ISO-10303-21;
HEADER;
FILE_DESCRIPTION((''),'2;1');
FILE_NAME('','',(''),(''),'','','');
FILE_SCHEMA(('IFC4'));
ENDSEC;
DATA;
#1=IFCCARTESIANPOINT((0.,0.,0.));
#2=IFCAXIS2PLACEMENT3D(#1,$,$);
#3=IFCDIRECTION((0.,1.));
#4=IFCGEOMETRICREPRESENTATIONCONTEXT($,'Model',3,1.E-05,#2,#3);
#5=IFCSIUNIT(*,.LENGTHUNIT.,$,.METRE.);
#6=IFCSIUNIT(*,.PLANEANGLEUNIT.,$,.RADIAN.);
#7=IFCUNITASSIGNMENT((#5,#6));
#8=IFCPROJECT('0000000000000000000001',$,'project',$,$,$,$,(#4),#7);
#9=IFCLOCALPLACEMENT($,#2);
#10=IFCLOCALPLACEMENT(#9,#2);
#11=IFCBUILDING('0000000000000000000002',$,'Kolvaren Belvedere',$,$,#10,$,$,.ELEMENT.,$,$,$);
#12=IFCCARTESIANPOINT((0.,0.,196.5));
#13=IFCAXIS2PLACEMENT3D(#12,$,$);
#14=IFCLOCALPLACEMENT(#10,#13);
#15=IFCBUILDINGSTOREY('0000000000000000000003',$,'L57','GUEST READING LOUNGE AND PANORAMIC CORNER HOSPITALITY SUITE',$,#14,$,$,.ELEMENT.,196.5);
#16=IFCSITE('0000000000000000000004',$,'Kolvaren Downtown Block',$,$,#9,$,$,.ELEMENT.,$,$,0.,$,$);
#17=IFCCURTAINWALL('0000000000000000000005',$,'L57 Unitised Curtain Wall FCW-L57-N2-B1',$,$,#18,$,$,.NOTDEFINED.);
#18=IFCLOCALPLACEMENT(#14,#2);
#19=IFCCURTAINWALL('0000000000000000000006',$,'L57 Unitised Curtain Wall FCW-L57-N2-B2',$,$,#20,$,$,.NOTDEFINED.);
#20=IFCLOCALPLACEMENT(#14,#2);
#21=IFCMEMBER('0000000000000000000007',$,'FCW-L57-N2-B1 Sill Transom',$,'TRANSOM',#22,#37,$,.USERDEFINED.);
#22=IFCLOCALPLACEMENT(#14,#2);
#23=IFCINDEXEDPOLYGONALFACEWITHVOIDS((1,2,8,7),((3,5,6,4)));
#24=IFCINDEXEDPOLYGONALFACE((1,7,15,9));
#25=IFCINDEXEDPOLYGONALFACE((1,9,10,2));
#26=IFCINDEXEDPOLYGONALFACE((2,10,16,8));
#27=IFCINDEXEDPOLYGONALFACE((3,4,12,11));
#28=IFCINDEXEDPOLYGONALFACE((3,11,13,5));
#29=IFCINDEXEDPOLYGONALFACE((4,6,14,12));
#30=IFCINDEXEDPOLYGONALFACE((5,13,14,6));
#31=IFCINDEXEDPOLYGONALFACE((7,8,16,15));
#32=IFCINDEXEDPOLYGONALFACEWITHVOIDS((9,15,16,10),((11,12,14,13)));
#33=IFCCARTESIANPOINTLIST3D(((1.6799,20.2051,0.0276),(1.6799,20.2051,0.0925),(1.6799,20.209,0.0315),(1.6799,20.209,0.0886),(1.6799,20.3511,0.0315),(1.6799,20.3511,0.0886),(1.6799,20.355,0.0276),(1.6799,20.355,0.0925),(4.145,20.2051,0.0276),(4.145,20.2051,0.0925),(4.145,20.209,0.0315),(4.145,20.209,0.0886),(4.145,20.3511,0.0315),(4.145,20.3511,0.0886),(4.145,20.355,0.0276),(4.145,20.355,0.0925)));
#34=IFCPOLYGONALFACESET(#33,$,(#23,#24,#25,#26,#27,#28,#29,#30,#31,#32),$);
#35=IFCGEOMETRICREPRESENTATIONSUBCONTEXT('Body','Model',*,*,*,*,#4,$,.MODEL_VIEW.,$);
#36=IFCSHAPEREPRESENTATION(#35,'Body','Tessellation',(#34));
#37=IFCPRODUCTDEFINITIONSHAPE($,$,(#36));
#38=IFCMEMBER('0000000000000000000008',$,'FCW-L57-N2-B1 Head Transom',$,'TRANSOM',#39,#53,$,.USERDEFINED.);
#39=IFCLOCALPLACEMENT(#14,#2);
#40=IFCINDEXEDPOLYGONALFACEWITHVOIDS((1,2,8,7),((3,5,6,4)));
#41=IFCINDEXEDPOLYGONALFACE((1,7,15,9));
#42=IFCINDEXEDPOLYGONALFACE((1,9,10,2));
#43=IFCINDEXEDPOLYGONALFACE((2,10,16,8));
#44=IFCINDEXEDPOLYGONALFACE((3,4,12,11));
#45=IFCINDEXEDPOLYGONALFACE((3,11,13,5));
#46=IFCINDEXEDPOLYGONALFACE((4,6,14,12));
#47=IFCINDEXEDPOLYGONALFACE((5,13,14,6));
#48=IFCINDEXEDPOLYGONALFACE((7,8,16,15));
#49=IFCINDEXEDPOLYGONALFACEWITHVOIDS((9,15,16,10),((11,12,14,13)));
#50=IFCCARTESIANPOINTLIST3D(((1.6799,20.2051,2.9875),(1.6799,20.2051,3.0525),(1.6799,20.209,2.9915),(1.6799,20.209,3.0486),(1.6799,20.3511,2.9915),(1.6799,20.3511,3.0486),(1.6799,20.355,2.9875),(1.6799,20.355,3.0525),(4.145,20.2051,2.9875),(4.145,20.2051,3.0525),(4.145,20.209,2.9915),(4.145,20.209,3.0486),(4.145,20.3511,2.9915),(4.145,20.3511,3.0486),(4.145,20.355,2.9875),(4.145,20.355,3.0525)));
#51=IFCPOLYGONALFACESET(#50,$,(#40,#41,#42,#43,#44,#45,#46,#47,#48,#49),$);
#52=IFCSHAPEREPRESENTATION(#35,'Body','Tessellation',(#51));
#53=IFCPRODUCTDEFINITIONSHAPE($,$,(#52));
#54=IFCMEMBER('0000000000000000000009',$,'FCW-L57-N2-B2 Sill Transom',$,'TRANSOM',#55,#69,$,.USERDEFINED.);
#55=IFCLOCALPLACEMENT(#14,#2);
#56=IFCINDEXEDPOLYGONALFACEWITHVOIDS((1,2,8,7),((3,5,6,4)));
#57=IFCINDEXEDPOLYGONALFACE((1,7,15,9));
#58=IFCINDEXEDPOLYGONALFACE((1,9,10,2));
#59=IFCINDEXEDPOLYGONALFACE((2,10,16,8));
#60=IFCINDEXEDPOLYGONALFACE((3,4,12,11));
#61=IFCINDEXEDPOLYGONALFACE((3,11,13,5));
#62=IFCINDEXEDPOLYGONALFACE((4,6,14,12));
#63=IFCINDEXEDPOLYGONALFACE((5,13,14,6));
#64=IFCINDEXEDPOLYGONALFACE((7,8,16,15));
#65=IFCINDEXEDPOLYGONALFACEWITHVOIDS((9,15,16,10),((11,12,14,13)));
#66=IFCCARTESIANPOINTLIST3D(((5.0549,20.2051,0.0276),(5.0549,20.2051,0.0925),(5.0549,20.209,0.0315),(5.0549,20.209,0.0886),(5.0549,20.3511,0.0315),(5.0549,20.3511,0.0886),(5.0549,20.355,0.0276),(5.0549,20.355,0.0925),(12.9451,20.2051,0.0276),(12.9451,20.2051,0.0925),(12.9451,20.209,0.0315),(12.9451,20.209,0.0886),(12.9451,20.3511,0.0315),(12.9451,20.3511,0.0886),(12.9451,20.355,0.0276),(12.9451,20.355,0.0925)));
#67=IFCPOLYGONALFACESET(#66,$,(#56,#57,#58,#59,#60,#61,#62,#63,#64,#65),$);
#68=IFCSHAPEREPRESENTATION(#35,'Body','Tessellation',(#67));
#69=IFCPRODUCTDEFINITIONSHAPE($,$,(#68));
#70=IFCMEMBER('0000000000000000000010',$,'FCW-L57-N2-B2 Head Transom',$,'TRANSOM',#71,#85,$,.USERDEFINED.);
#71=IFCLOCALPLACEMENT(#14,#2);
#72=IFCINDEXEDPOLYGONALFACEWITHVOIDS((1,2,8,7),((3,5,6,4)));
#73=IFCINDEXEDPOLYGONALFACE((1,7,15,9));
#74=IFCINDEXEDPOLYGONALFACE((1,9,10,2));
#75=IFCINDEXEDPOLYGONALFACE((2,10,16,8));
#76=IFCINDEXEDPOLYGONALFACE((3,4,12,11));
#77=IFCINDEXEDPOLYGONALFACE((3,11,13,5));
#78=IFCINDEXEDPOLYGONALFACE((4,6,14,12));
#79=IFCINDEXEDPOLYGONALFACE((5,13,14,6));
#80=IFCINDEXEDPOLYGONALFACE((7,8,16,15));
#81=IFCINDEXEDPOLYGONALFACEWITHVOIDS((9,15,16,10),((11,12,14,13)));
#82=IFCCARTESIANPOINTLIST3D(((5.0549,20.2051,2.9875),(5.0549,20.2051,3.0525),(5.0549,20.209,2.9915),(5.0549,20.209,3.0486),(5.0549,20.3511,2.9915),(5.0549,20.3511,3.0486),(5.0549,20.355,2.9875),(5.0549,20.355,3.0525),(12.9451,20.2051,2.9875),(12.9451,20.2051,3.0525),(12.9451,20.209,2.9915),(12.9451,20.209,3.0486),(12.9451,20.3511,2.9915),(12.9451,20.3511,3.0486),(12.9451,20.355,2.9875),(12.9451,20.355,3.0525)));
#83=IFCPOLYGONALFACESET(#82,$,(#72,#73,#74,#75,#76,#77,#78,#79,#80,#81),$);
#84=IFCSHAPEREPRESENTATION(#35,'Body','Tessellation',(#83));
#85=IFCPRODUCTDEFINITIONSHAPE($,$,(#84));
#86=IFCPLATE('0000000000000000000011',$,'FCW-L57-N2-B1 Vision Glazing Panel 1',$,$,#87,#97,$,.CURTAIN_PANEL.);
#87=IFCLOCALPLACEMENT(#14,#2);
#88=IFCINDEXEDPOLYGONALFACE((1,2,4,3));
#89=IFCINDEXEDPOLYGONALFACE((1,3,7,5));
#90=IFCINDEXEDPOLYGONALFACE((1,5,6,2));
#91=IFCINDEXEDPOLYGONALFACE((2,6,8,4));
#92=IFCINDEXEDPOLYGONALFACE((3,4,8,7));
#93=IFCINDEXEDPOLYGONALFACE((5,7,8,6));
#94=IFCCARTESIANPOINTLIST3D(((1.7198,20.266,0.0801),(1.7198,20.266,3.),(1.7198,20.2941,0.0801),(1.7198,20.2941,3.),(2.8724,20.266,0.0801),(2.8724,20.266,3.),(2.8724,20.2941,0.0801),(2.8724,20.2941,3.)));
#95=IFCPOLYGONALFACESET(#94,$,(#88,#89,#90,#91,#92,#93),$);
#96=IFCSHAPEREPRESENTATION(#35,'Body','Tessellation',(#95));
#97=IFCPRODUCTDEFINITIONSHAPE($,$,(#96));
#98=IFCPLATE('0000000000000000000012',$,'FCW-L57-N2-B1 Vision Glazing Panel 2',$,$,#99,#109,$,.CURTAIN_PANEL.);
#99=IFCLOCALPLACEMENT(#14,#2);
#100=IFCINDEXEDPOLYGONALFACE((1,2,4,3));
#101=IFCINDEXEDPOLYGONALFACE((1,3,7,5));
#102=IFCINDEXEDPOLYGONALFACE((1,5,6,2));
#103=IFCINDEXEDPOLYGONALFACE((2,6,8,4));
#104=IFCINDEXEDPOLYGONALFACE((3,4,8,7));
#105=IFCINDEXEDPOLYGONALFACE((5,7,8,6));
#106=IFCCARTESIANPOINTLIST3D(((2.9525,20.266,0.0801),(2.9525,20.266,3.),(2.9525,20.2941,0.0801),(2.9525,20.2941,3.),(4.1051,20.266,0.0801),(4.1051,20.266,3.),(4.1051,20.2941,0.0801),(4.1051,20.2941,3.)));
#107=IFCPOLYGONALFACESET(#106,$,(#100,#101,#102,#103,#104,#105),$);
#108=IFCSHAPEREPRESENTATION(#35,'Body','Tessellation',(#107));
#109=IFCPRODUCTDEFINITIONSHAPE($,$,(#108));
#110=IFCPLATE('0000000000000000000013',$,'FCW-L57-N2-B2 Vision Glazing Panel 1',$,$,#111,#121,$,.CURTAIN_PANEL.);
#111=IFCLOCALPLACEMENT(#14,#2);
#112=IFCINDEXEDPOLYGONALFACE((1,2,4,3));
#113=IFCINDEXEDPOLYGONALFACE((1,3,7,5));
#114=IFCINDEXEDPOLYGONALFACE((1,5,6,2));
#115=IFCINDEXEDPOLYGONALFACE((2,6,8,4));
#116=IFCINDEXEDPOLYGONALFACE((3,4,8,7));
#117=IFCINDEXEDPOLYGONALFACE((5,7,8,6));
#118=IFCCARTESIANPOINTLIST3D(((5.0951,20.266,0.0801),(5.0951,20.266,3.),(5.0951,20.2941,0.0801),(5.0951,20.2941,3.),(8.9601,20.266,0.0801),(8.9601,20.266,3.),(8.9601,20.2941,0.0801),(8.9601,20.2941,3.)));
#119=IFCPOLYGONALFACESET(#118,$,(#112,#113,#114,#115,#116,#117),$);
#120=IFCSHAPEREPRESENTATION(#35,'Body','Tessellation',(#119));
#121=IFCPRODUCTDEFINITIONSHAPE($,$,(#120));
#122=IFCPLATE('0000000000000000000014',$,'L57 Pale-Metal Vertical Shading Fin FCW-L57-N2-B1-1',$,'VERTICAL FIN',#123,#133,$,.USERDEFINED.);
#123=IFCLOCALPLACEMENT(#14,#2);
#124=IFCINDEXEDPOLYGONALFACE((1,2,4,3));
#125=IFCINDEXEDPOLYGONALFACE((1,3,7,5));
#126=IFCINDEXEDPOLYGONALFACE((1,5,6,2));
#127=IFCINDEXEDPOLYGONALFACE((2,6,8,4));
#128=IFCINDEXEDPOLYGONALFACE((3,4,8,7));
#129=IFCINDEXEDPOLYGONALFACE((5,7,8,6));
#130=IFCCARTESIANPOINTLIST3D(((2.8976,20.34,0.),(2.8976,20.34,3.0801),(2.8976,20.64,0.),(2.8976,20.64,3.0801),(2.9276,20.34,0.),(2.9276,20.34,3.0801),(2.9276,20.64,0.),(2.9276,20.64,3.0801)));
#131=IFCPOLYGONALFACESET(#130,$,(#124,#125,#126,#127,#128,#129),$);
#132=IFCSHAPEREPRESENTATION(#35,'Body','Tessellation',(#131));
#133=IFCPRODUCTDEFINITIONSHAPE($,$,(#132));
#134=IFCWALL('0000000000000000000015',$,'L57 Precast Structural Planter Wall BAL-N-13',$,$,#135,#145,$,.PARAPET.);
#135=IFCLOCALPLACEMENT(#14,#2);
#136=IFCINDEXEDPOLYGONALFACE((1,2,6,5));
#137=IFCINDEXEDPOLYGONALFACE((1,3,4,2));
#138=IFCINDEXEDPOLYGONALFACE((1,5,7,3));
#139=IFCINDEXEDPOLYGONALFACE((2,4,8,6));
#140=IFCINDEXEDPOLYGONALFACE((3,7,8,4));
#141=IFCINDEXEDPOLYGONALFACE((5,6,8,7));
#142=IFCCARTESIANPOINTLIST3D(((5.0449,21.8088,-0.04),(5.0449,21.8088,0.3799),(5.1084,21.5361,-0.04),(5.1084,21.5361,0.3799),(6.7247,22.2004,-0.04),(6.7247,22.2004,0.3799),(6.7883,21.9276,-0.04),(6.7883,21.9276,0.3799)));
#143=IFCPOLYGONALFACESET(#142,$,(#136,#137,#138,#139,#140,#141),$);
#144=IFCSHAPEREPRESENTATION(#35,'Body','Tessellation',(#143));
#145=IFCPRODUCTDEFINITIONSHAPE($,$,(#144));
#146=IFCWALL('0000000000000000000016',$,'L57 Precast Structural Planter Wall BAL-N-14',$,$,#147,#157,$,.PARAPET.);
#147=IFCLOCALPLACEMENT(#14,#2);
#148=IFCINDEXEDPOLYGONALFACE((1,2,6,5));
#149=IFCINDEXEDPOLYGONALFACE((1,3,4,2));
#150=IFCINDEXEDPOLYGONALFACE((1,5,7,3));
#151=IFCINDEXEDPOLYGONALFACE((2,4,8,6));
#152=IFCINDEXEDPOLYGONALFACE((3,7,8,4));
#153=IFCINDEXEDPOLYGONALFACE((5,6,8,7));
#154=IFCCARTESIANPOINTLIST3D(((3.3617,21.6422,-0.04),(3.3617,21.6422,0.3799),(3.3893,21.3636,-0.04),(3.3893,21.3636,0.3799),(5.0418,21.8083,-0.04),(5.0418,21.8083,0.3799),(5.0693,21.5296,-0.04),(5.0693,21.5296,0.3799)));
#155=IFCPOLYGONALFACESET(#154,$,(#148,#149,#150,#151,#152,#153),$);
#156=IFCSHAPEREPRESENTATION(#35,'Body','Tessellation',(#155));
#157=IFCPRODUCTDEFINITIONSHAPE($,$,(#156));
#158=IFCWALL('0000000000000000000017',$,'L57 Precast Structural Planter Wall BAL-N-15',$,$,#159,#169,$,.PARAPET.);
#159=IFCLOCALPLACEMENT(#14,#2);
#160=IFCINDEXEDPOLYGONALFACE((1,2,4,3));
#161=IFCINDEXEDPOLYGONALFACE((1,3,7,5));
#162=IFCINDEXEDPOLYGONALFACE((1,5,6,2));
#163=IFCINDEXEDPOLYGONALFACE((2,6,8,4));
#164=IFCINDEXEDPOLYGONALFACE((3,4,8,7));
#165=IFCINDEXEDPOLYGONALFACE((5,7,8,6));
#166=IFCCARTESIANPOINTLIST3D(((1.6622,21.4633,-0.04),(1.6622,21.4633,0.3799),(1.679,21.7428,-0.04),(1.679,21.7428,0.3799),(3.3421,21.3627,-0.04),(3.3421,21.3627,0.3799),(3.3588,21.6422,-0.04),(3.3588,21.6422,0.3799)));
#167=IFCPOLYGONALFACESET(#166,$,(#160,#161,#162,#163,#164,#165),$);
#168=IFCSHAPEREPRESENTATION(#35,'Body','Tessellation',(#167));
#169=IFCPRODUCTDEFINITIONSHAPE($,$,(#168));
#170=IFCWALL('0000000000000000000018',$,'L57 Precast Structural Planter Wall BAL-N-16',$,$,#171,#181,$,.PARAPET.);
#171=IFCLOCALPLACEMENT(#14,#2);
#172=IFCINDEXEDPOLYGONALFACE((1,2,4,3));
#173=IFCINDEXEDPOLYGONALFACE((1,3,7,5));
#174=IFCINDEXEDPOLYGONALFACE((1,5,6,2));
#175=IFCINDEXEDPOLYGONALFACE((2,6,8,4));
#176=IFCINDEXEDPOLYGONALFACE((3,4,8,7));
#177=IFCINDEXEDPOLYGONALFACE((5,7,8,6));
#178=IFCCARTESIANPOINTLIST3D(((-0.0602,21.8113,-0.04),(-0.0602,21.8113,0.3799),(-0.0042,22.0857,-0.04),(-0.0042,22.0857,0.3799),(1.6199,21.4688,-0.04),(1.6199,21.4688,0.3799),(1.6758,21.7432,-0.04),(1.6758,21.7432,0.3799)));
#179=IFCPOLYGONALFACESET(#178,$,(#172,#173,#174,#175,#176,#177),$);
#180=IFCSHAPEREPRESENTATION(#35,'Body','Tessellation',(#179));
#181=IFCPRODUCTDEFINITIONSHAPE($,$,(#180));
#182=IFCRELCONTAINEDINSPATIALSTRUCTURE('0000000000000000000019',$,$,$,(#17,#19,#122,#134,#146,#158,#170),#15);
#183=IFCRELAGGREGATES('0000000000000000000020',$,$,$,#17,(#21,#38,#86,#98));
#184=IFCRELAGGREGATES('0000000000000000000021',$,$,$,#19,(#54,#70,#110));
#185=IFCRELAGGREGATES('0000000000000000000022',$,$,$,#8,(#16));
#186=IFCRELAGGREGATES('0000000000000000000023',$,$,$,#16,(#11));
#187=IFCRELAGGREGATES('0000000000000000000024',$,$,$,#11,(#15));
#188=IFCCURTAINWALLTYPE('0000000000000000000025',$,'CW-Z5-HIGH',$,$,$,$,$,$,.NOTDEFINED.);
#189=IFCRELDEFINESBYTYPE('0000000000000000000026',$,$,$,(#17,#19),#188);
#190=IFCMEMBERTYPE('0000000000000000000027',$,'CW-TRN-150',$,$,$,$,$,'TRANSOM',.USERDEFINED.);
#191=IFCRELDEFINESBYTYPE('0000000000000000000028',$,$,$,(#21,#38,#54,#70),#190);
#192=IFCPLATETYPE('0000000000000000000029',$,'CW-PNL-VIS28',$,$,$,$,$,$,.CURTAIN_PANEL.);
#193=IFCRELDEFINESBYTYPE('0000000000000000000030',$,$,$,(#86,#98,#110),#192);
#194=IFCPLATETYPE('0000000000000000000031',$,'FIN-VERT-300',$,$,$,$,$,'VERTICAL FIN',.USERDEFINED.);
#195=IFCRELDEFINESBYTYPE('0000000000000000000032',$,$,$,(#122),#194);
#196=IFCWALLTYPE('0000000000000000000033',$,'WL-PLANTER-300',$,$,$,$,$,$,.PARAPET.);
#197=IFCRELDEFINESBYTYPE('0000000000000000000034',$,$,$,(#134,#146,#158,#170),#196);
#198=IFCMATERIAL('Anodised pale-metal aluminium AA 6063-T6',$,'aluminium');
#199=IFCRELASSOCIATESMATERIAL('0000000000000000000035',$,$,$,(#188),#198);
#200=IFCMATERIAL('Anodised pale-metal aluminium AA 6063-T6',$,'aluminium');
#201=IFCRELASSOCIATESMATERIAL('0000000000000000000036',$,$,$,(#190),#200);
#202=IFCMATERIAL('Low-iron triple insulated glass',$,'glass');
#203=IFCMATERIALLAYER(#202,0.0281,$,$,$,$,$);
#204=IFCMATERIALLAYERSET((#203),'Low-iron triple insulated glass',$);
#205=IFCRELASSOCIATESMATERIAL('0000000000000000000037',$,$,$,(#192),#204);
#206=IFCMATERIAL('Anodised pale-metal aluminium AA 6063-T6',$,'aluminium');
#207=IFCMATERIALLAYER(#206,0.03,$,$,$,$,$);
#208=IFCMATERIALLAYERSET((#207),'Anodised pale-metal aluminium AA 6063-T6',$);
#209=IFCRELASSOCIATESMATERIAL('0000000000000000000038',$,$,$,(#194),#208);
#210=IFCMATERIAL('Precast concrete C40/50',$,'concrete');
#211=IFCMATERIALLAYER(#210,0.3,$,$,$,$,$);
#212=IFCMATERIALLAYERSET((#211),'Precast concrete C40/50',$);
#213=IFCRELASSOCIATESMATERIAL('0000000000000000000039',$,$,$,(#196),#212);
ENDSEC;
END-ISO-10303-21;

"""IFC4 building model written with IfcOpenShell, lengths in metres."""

from ifc_helpers import new_model, si_unit, direction, frame, frame_2d, origin, origin_2d, place, context, subcontext, project, spatial, rectangle, hollow_rectangle, extrude, material, layer, layer_set, material_profile, profile_set, type_object, element, aggregate, save


model = new_model("IFC4")

# Units and contexts
model_context = context("Model", 3, precision=1e-05, world=origin(), true_north=direction((0.0, 1.0)))
body_context = subcontext(model_context, "Body", "Model", "MODEL_VIEW")
ifc_project = project(units=[si_unit("LENGTHUNIT", "METRE"), si_unit("PLANEANGLEUNIT", "RADIAN")], contexts=[model_context])

# Site, building, storey
site_placement = place(None, origin())
site = spatial("IfcSite", under=ifc_project, at=site_placement, Name="Kolvaren Downtown Block", CompositionType="ELEMENT", RefElevation=0.0)
building_placement = place(site_placement, origin())
building = spatial("IfcBuilding", under=site, at=building_placement, Name="Kolvaren Belvedere", CompositionType="ELEMENT")
storey_placement = place(building_placement, frame((0.0, 0.0, 196.5)))
storey = spatial("IfcBuildingStorey", under=building, at=storey_placement, Name="L57", Description="GUEST READING LOUNGE AND PANORAMIC CORNER HOSPITALITY SUITE", CompositionType="ELEMENT", Elevation=196.5)

# Curtain wall
ifc_material_1 = material(Name="Anodised pale-metal aluminium AA 6063-T6", Category="aluminium")
curtain_wall_type = type_object("IfcCurtainWallType", Name="CW-Z5-HIGH", PredefinedType="NOTDEFINED", material=ifc_material_1)
curtain_wall_1_placement = place(storey_placement, origin())
curtain_wall_1 = element("IfcCurtainWall", 1, at=curtain_wall_1_placement, inside=storey, type_object=curtain_wall_type, Name="L57 Unitised Curtain Wall FCW-L57-N2-B1", PredefinedType="NOTDEFINED")

# Curtain wall
curtain_wall_2_placement = place(storey_placement, origin())
curtain_wall_2 = element("IfcCurtainWall", 2, at=curtain_wall_2_placement, inside=storey, type_object=curtain_wall_type, Name="L57 Unitised Curtain Wall FCW-L57-N2-B2", PredefinedType="NOTDEFINED")

# Members
ifc_material_2 = material(Name="Anodised pale-metal aluminium AA 6063-T6", Category="aluminium")
ifc_material_profile_1 = material_profile(ifc_material_2, hollow_rectangle(XDim=0.0649, YDim=0.1499, WallThickness=0.0039, at=origin_2d()), Name="ALU-TRN-150X65")
ifc_profile_set_1 = profile_set([ifc_material_profile_1], Name="Anodised pale-metal aluminium AA 6063-T6")
member_type_1 = type_object("IfcMemberType", Name="CW-TRN-150", ElementType="TRANSOM", PredefinedType="USERDEFINED", material=ifc_profile_set_1)
member_1_placement = place(storey_placement, frame((1.6799, 20.28, 0.0601), z_axis=(1.0, 0.0, 0.0), x_axis=(0.0, 0.0, 1.0)))
member_1 = element("IfcMember", 3, at=member_1_placement, type_object=member_type_1, Name="FCW-L57-N2-B1 Sill Transom", ObjectType="TRANSOM", PredefinedType="USERDEFINED", context=body_context, shape_type="SweptSolid", body=[
    extrude(hollow_rectangle(XDim=0.0649, YDim=0.1499, WallThickness=0.0039, at=origin_2d()), origin(), (0.0, 0.0, 1.0), 2.4651),
])
member_2_placement = place(storey_placement, frame((1.6799, 20.28, 3.02), z_axis=(1.0, 0.0, 0.0), x_axis=(0.0, 0.0, 1.0)))
member_2 = element("IfcMember", 4, at=member_2_placement, type_object=member_type_1, Name="FCW-L57-N2-B1 Head Transom", ObjectType="TRANSOM", PredefinedType="USERDEFINED", context=body_context, shape_type="SweptSolid", body=[
    extrude(hollow_rectangle(XDim=0.0649, YDim=0.1499, WallThickness=0.0039, at=origin_2d()), origin(), (0.0, 0.0, 1.0), 2.4651),
])
member_3_placement = place(storey_placement, frame((5.0549, 20.28, 0.0601), z_axis=(1.0, 0.0, 0.0), x_axis=(0.0, 0.0, 1.0)))
member_3 = element("IfcMember", 5, at=member_3_placement, type_object=member_type_1, Name="FCW-L57-N2-B2 Sill Transom", ObjectType="TRANSOM", PredefinedType="USERDEFINED", context=body_context, shape_type="SweptSolid", body=[
    extrude(hollow_rectangle(XDim=0.0649, YDim=0.1499, WallThickness=0.0039, at=origin_2d()), origin(), (0.0, 0.0, 1.0), 7.8901),
])
member_4_placement = place(storey_placement, frame((5.0549, 20.28, 3.02), z_axis=(1.0, 0.0, 0.0), x_axis=(0.0, 0.0, 1.0)))
member_4 = element("IfcMember", 6, at=member_4_placement, type_object=member_type_1, Name="FCW-L57-N2-B2 Head Transom", ObjectType="TRANSOM", PredefinedType="USERDEFINED", context=body_context, shape_type="SweptSolid", body=[
    extrude(hollow_rectangle(XDim=0.0649, YDim=0.1499, WallThickness=0.0039, at=origin_2d()), origin(), (0.0, 0.0, 1.0), 7.8901),
])

# Plates
ifc_material_3 = material(Name="Low-iron triple insulated glass", Category="glass")
ifc_layer_1 = layer(ifc_material_3, 0.0281)
ifc_layer_set_1 = layer_set([ifc_layer_1], Name="Low-iron triple insulated glass")
plate_type_1 = type_object("IfcPlateType", Name="CW-PNL-VIS28", PredefinedType="CURTAIN_PANEL", material=ifc_layer_set_1)
plate_1_placement = place(storey_placement, frame((2.2961, 20.28, 0.0801), z_axis=(0.0, 0.0, 1.0), x_axis=(1.0, 0.0, 0.0)))
plate_1 = element("IfcPlate", 7, at=plate_1_placement, type_object=plate_type_1, Name="FCW-L57-N2-B1 Vision Glazing Panel 1", PredefinedType="CURTAIN_PANEL", context=body_context, shape_type="SweptSolid", body=[
    extrude(rectangle(XDim=1.1526, YDim=0.0281, at=origin_2d()), origin(), (0.0, 0.0, 1.0), 2.9199),
])
plate_2_placement = place(storey_placement, frame((3.5288, 20.28, 0.0801), z_axis=(0.0, 0.0, 1.0), x_axis=(1.0, 0.0, 0.0)))
plate_2 = element("IfcPlate", 8, at=plate_2_placement, type_object=plate_type_1, Name="FCW-L57-N2-B1 Vision Glazing Panel 2", PredefinedType="CURTAIN_PANEL", context=body_context, shape_type="SweptSolid", body=[
    extrude(rectangle(XDim=1.1526, YDim=0.0281, at=origin_2d()), origin(), (0.0, 0.0, 1.0), 2.9199),
])
aggregate(curtain_wall_1, [member_1, member_2, plate_1, plate_2])
plate_3_placement = place(storey_placement, frame((7.0276, 20.28, 0.0801), z_axis=(0.0, 0.0, 1.0), x_axis=(1.0, 0.0, 0.0)))
plate_3 = element("IfcPlate", 9, at=plate_3_placement, type_object=plate_type_1, Name="FCW-L57-N2-B2 Vision Glazing Panel 1", PredefinedType="CURTAIN_PANEL", context=body_context, shape_type="SweptSolid", body=[
    extrude(rectangle(XDim=3.865, YDim=0.0281, at=origin_2d()), origin(), (0.0, 0.0, 1.0), 2.9199),
])
aggregate(curtain_wall_2, [member_3, member_4, plate_3])
ifc_material_4 = material(Name="Anodised pale-metal aluminium AA 6063-T6", Category="aluminium")
ifc_layer_2 = layer(ifc_material_4, 0.03)
ifc_layer_set_2 = layer_set([ifc_layer_2], Name="Anodised pale-metal aluminium AA 6063-T6")
plate_type_2 = type_object("IfcPlateType", Name="FIN-VERT-300", ElementType="VERTICAL FIN", PredefinedType="USERDEFINED", material=ifc_layer_set_2)
plate_4_placement = place(storey_placement, frame((2.9126, 20.49, 0.0), z_axis=(0.0, 0.0, 1.0), x_axis=(0.0, 1.0, 0.0)))
element("IfcPlate", 10, at=plate_4_placement, inside=storey, type_object=plate_type_2, Name="L57 Pale-Metal Vertical Shading Fin FCW-L57-N2-B1-1", ObjectType="VERTICAL FIN", PredefinedType="USERDEFINED", context=body_context, shape_type="SweptSolid", body=[
    extrude(rectangle(XDim=0.3, YDim=0.03, at=origin_2d()), origin(), (0.0, 0.0, 1.0), 3.0801),
])

# Walls
ifc_material_5 = material(Name="Precast concrete C40/50", Category="concrete")
ifc_layer_3 = layer(ifc_material_5, 0.3)
ifc_layer_set_3 = layer_set([ifc_layer_3], Name="Precast concrete C40/50")
wall_type = type_object("IfcWallType", Name="WL-PLANTER-300", PredefinedType="PARAPET", material=ifc_layer_set_3)
wall_1_placement = place(storey_placement, frame((6.7563, 22.064, -0.04), z_axis=(0.0, 0.0, 1.0), x_axis=(-0.97389, -0.227019, 0.0)))
element("IfcWall", 11, at=wall_1_placement, inside=storey, type_object=wall_type, Name="L57 Precast Structural Planter Wall BAL-N-13", PredefinedType="PARAPET", context=body_context, shape_type="SweptSolid", body=[
    extrude(rectangle(XDim=1.7249, YDim=0.28, at=frame_2d((0.8623, 0.0))), origin(), (0.0, 0.0, 1.0), 0.4199),
])
wall_2_placement = place(storey_placement, frame((5.0557, 21.6689, -0.04), z_axis=(0.0, 0.0, 1.0), x_axis=(-0.995152, -0.098344, 0.0)))
element("IfcWall", 12, at=wall_2_placement, inside=storey, type_object=wall_type, Name="L57 Precast Structural Planter Wall BAL-N-14", PredefinedType="PARAPET", context=body_context, shape_type="SweptSolid", body=[
    extrude(rectangle(XDim=1.6882, YDim=0.28, at=frame_2d((0.8442, 0.0))), origin(), (0.0, 0.0, 1.0), 0.4199),
])
wall_3_placement = place(storey_placement, frame((3.3503, 21.5024, -0.04), z_axis=(0.0, 0.0, 1.0), x_axis=(-0.998212, 0.059768, 0.0)))
element("IfcWall", 13, at=wall_3_placement, inside=storey, type_object=wall_type, Name="L57 Precast Structural Planter Wall BAL-N-15", PredefinedType="PARAPET", context=body_context, shape_type="SweptSolid", body=[
    extrude(rectangle(XDim=1.6829, YDim=0.28, at=frame_2d((0.8413, 0.0))), origin(), (0.0, 0.0, 1.0), 0.4199),
])
wall_4_placement = place(storey_placement, frame((1.6479, 21.606, -0.04), z_axis=(0.0, 0.0, 1.0), x_axis=(-0.97984, 0.199784, 0.0)))
element("IfcWall", 14, at=wall_4_placement, inside=storey, type_object=wall_type, Name="L57 Precast Structural Planter Wall BAL-N-16", PredefinedType="PARAPET", context=body_context, shape_type="SweptSolid", body=[
    extrude(rectangle(XDim=1.7146, YDim=0.28, at=frame_2d((0.8574, 0.0))), origin(), (0.0, 0.0, 1.0), 0.4199),
])

save(model, "model.ifc")
